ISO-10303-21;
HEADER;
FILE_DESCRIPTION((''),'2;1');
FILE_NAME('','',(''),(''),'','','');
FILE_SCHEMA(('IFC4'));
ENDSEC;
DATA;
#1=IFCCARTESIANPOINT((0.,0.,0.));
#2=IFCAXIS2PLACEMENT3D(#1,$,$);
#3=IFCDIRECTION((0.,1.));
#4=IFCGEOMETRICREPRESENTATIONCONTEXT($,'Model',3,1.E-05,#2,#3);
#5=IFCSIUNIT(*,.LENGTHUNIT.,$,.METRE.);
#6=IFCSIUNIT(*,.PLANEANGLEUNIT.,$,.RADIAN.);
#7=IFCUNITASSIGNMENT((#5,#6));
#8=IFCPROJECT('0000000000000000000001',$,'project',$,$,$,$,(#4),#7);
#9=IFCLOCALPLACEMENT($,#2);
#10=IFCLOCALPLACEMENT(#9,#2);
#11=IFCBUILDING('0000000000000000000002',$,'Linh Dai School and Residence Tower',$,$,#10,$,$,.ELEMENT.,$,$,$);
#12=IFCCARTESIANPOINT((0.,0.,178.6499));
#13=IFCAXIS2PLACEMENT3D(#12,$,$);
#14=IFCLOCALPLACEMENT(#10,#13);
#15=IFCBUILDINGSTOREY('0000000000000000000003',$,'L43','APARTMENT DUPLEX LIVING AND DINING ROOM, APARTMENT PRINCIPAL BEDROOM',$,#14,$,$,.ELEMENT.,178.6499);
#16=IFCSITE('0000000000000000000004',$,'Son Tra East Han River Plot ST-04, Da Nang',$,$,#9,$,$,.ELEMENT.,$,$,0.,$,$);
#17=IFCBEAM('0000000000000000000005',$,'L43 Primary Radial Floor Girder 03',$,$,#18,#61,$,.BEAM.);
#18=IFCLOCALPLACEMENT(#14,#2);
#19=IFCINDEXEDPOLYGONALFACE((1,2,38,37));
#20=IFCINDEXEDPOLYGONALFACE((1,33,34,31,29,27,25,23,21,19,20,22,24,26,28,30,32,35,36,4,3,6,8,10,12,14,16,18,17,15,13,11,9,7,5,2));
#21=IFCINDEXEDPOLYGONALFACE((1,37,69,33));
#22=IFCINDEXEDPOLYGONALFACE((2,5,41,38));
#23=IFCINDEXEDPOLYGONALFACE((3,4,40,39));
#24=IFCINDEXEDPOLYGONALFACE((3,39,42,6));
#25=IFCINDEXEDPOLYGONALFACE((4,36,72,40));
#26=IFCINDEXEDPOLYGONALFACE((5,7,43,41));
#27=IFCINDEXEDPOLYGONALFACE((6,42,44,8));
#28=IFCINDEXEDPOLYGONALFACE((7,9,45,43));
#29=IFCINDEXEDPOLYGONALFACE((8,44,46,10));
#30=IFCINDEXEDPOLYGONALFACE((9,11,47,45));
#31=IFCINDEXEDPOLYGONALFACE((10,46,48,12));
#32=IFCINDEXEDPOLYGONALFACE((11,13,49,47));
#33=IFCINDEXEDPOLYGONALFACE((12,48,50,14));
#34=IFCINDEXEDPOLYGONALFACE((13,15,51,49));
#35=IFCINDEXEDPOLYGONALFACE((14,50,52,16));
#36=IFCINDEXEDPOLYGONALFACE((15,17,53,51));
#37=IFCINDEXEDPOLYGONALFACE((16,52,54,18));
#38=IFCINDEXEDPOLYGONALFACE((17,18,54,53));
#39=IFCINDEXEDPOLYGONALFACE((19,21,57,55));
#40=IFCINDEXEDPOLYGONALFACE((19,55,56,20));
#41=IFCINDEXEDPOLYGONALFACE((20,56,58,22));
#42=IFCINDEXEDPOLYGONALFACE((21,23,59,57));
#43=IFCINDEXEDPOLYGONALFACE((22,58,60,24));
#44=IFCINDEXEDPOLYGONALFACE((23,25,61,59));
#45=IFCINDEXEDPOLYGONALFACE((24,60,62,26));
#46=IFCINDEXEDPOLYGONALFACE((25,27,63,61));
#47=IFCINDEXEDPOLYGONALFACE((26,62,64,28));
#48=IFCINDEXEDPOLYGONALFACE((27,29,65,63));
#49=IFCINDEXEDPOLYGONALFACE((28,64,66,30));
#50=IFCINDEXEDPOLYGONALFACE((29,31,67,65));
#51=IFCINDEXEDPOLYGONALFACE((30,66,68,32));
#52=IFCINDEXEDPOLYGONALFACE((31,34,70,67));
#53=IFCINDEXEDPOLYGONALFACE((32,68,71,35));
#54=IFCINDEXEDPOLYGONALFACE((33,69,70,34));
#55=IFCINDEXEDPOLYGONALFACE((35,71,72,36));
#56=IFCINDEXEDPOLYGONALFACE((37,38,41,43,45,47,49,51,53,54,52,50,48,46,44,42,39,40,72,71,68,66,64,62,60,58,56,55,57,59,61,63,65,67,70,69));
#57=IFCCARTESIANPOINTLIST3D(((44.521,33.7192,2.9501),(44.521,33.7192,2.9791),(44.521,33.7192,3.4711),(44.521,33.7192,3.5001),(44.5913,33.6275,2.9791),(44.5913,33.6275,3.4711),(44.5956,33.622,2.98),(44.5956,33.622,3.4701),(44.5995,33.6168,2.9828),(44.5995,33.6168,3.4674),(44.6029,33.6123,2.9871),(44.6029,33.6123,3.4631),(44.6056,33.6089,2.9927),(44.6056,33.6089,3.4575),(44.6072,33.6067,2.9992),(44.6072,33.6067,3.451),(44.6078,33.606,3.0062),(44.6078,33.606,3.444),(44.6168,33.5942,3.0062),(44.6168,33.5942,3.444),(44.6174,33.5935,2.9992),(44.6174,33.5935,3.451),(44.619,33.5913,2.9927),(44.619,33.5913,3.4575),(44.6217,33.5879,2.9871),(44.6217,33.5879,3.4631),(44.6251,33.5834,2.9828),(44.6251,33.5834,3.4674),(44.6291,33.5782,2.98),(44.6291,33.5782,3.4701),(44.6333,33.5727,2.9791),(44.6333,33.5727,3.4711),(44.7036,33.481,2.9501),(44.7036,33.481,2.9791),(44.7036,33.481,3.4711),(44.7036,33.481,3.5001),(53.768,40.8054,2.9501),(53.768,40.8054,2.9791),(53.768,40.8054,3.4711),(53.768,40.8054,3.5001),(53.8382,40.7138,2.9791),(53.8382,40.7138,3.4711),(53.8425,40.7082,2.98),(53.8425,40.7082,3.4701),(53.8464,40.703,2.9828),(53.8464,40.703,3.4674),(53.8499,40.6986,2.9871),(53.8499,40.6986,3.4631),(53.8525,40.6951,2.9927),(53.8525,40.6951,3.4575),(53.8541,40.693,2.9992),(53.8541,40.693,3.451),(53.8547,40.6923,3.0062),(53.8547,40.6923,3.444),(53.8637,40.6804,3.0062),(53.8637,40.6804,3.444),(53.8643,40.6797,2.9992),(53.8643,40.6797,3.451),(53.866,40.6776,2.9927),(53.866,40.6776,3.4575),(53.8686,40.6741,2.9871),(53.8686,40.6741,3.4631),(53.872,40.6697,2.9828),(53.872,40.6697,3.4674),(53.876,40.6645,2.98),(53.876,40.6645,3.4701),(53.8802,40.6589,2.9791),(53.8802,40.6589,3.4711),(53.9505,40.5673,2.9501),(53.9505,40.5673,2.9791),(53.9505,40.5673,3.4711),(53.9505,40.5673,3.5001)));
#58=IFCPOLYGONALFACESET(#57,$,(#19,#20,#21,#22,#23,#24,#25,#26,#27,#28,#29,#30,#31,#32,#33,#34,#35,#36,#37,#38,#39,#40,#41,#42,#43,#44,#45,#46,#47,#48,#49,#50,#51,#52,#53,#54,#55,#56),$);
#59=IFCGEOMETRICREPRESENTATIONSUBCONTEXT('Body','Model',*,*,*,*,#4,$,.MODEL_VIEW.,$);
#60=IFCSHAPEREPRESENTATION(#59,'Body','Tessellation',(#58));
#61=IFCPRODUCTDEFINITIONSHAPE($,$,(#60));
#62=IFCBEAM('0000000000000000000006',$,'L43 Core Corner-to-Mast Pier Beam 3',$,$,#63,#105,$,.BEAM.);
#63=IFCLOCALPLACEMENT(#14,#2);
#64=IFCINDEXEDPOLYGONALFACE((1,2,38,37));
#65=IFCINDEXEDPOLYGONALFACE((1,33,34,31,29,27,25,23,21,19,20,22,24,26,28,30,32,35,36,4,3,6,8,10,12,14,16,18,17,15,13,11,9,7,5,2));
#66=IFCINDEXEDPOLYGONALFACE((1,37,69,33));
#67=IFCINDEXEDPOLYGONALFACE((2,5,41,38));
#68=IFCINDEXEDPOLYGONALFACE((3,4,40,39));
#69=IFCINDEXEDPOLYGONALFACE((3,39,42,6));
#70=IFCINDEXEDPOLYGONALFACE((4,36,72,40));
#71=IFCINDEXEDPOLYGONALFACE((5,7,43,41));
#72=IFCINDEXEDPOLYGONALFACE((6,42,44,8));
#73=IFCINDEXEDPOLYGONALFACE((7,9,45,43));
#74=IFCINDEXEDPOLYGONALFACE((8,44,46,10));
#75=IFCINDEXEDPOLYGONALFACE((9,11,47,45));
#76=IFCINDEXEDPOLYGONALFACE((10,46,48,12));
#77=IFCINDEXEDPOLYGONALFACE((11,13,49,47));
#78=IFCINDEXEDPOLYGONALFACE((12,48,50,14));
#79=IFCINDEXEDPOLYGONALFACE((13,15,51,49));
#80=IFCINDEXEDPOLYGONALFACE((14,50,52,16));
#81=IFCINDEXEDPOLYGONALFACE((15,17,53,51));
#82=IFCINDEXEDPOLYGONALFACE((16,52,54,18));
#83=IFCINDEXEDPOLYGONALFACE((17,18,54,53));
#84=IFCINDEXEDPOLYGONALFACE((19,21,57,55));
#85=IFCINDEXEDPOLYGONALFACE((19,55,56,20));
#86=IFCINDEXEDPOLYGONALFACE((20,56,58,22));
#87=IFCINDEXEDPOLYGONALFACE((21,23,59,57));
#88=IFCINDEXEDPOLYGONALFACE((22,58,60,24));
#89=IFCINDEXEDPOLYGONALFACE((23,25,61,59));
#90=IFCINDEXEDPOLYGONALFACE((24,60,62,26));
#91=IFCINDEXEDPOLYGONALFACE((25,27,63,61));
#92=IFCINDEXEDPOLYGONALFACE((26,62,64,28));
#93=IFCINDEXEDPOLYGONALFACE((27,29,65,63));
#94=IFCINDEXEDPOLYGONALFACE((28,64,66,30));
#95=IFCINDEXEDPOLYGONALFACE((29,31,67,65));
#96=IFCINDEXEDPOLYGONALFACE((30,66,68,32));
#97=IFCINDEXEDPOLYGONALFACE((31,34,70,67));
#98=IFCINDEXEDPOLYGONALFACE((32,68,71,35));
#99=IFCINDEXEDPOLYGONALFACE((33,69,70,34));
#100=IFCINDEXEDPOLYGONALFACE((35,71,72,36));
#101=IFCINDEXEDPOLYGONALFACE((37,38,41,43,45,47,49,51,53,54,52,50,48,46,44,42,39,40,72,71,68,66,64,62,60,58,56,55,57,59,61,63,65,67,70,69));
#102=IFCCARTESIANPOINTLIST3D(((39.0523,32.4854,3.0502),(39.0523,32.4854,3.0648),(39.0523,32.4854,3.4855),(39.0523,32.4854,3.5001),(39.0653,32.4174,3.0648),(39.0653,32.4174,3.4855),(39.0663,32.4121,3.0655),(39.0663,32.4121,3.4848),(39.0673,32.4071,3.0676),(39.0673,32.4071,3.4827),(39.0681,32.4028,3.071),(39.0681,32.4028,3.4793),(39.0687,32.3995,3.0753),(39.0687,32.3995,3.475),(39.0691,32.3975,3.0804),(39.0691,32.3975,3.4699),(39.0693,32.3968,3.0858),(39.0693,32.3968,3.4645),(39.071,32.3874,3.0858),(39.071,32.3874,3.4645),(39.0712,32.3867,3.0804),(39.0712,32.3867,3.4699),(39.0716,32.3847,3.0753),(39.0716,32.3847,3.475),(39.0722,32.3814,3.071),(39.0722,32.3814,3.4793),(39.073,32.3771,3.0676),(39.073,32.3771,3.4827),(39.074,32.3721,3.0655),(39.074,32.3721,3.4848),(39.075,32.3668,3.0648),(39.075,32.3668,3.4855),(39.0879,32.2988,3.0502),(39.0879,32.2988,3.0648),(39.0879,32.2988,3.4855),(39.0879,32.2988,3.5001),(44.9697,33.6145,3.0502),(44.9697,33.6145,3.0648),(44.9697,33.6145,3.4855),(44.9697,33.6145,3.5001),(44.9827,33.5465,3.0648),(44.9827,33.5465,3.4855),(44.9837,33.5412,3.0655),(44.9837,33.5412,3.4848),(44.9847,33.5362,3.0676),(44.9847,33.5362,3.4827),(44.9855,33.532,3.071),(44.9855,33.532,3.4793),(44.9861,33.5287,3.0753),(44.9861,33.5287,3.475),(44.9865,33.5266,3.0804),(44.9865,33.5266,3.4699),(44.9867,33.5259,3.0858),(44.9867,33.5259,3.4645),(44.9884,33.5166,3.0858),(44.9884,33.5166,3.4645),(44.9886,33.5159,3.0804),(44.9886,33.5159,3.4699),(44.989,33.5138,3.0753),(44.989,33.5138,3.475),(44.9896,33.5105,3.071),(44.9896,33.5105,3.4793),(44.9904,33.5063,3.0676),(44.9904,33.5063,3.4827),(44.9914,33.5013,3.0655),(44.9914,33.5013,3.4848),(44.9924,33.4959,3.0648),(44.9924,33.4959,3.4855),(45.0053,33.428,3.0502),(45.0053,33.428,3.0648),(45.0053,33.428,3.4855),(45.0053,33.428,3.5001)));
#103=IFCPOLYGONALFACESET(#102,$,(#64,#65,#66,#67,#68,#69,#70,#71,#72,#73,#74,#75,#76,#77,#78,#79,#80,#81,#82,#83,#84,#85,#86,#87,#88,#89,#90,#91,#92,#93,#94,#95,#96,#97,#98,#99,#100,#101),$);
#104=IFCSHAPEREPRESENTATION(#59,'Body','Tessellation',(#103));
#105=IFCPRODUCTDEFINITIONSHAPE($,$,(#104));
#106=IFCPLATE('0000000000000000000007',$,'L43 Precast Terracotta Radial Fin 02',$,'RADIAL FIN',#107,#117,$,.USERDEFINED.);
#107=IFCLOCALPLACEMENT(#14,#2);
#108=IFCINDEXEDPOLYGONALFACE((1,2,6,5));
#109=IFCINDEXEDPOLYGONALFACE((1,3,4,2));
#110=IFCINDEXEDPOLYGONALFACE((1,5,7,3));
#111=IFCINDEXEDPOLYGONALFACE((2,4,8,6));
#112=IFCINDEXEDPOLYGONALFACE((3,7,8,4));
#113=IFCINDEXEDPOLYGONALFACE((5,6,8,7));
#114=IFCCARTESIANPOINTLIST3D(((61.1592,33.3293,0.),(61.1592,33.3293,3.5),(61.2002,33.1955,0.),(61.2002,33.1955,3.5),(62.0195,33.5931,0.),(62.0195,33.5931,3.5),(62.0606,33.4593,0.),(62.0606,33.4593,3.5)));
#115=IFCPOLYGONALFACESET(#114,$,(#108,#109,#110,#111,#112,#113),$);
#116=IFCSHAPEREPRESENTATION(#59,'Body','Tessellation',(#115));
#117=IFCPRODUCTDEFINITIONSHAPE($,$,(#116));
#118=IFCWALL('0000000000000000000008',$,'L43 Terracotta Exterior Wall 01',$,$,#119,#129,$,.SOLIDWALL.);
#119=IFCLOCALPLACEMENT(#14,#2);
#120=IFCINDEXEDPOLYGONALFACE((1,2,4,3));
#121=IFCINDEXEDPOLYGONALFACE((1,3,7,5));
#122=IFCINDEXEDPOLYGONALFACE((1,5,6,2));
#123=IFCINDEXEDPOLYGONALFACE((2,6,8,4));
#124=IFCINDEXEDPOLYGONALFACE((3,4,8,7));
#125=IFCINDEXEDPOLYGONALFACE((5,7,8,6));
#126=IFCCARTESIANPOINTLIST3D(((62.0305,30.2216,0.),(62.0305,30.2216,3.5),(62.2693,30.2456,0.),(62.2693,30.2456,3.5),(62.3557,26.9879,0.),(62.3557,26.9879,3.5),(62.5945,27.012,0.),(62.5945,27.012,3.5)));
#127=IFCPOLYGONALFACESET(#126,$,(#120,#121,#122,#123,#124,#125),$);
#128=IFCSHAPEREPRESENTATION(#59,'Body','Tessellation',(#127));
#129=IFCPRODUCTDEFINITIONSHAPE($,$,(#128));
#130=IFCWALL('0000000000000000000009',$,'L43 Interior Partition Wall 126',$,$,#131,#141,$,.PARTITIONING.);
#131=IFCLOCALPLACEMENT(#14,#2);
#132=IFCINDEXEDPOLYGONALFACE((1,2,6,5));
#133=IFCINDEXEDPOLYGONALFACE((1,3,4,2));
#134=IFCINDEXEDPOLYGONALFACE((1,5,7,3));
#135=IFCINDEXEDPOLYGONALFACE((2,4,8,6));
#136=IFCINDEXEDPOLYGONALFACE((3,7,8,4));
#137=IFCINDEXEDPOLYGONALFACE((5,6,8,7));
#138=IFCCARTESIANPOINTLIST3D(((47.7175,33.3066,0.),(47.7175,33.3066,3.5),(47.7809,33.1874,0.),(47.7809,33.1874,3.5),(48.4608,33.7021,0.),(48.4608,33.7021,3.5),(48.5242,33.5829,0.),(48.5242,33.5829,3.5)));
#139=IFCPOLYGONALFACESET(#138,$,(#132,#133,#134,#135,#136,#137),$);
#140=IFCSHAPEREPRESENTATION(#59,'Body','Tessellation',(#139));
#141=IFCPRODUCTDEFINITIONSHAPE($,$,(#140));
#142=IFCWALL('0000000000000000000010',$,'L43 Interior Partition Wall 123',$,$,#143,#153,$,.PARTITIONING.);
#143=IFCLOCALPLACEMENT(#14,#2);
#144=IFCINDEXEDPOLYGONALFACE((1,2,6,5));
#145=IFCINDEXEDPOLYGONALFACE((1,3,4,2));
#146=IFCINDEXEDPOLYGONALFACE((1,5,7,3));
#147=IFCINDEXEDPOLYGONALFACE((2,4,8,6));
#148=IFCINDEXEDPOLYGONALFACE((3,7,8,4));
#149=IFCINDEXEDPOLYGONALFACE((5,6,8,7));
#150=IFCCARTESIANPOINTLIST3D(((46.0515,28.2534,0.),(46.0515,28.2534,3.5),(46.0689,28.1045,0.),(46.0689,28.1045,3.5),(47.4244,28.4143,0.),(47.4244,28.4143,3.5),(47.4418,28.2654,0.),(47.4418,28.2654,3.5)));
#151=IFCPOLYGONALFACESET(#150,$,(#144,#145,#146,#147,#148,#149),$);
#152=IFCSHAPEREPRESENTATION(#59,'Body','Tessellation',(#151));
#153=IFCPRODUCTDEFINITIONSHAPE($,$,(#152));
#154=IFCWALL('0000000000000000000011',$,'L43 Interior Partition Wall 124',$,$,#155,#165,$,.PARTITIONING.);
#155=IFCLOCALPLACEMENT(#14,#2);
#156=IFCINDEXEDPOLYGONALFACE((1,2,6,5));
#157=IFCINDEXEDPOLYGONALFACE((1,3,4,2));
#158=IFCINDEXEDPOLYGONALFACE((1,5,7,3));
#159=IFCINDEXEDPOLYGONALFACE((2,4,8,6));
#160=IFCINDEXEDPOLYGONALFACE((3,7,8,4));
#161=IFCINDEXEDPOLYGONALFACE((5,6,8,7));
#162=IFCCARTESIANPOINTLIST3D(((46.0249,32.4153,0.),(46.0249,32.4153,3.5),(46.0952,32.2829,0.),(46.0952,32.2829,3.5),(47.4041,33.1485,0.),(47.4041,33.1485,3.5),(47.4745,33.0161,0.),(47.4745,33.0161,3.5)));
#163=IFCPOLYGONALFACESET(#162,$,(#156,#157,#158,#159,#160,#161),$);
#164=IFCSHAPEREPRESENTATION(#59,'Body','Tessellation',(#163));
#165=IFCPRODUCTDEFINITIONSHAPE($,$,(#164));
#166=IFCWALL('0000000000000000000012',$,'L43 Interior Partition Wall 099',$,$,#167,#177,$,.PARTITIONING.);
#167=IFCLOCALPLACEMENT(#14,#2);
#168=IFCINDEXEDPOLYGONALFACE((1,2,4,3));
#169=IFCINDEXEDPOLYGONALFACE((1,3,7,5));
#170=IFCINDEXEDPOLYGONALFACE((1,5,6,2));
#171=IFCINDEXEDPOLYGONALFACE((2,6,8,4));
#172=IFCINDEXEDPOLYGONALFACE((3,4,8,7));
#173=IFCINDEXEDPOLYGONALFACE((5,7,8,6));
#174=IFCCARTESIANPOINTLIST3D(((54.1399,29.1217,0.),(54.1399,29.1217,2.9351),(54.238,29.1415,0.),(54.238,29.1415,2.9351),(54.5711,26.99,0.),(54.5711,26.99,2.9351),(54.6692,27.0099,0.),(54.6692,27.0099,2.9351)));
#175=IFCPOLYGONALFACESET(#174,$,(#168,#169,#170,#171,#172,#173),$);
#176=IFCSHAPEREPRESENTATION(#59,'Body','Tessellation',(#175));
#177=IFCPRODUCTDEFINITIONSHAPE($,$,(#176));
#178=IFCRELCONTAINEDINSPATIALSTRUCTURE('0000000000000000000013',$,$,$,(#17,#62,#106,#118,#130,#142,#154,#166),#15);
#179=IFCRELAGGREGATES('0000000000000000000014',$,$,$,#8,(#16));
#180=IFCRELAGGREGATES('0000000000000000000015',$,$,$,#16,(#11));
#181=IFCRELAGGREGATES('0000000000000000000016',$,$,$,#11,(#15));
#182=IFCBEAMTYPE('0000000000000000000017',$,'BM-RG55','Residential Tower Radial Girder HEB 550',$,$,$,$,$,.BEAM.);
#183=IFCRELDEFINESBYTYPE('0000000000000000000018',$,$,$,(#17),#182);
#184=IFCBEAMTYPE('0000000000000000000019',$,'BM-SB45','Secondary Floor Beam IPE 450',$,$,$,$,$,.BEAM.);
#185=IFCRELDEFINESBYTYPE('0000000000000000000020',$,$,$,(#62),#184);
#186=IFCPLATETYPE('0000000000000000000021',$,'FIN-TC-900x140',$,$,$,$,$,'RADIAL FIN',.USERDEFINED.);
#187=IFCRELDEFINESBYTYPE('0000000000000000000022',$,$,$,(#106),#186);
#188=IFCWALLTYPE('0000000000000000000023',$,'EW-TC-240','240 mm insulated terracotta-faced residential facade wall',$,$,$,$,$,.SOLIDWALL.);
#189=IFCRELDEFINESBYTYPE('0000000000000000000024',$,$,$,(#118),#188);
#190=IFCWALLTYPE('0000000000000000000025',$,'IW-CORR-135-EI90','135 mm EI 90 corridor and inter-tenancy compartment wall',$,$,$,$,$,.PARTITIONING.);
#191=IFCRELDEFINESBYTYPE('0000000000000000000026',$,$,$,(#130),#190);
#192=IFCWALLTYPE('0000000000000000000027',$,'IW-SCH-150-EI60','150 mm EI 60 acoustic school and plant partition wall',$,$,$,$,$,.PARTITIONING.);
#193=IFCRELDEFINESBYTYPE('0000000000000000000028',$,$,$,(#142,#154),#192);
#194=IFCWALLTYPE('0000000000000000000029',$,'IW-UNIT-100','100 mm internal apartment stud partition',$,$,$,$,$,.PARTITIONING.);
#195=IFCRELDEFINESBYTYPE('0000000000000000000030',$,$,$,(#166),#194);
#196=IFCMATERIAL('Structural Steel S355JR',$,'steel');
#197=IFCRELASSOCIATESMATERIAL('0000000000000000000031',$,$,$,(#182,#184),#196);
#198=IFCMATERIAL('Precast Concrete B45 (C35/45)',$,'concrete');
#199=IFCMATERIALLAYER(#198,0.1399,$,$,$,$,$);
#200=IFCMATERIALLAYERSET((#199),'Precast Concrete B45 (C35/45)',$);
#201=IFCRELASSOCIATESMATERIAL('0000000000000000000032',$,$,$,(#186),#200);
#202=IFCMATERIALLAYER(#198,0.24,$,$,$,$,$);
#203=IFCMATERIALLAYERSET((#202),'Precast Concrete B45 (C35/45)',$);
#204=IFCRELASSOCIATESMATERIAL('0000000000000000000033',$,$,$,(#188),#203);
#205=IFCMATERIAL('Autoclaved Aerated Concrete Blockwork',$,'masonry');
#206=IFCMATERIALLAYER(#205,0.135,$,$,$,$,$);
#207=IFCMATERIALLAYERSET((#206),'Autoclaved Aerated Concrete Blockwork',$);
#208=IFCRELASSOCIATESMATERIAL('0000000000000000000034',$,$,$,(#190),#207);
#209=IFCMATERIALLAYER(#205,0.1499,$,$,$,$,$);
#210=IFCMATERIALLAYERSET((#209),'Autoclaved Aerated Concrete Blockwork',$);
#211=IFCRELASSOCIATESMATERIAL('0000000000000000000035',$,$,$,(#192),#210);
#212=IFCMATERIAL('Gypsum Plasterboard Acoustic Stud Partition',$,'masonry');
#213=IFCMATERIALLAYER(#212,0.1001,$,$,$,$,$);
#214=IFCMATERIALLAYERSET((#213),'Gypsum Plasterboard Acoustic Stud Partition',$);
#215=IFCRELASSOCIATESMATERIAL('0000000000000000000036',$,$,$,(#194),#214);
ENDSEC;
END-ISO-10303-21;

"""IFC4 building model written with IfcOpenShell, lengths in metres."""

from ifc_helpers import new_model, si_unit, direction, frame, frame_2d, origin, origin_2d, place, context, subcontext, project, spatial, rectangle, i_section, extrude, source, transform, mapped, material, layer, layer_set, material_profile, profile_set, type_object, element, save


model = new_model("IFC4")

# Units and contexts
model_context = context("Model", 3, precision=1e-05, world=origin(), true_north=direction((0.0, 1.0)))
body_context = subcontext(model_context, "Body", "Model", "MODEL_VIEW")
ifc_project = project(units=[si_unit("LENGTHUNIT", "METRE"), si_unit("PLANEANGLEUNIT", "RADIAN")], contexts=[model_context])

# Site, building, storey
site_placement = place(None, origin())
site = spatial("IfcSite", under=ifc_project, at=site_placement, Name="Son Tra East Han River Plot ST-04, Da Nang", CompositionType="ELEMENT", RefElevation=0.0)
building_placement = place(site_placement, origin())
building = spatial("IfcBuilding", under=site, at=building_placement, Name="Linh Dai School and Residence Tower", CompositionType="ELEMENT")
storey_placement = place(building_placement, frame((0.0, 0.0, 178.6499)))
storey = spatial("IfcBuildingStorey", under=building, at=storey_placement, Name="L43", Description="APARTMENT DUPLEX LIVING AND DINING ROOM, APARTMENT PRINCIPAL BEDROOM", CompositionType="ELEMENT", Elevation=178.6499)

# Shared definitions
ifc_material_1 = material(Name="Structural Steel S355JR", Category="steel")

# Beams
ifc_material_profile_1 = material_profile(ifc_material_1, i_section(OverallWidth=0.3, OverallDepth=0.55, WebThickness=0.0149, FlangeThickness=0.0291, FilletRadius=0.0271, at=origin_2d()), Name="HEB 550")
ifc_profile_set_1 = profile_set([ifc_material_profile_1], Name="Structural Steel S355JR")
beam_type_1 = type_object("IfcBeamType", Name="BM-RG55", Description="Residential Tower Radial Girder HEB 550", PredefinedType="BEAM", material=ifc_profile_set_1)
beam_1_placement = place(storey_placement, frame((44.6123, 33.6001, 3.2251), z_axis=(0.793733, 0.608267, 0.0), x_axis=(-0.608267, 0.793733, 0.0)))
element("IfcBeam", 1, at=beam_1_placement, inside=storey, type_object=beam_type_1, Name="L43 Primary Radial Floor Girder 03", PredefinedType="BEAM", context=body_context, shape_type="SweptSolid", body=[
    extrude(i_section(OverallWidth=0.3, OverallDepth=0.55, WebThickness=0.0149, FlangeThickness=0.0291, FilletRadius=0.0271, at=origin_2d()), origin(), (0.0, 0.0, 1.0), 11.6499),
])
ifc_material_profile_2 = material_profile(ifc_material_1, i_section(OverallWidth=0.1899, OverallDepth=0.45, WebThickness=0.0095, FlangeThickness=0.0146, FilletRadius=0.021, at=origin_2d()), Name="IPE 450")
ifc_profile_set_2 = profile_set([ifc_material_profile_2], Name="Structural Steel S355JR")
beam_type_2 = type_object("IfcBeamType", Name="BM-SB45", Description="Secondary Floor Beam IPE 450", PredefinedType="BEAM", material=ifc_profile_set_2)
beam_2_placement = place(storey_placement, frame((44.9875, 33.5212, 3.2751), z_axis=(-0.982277, -0.187434, 0.0), x_axis=(0.187434, -0.982277, 0.0)))
element("IfcBeam", 2, at=beam_2_placement, inside=storey, type_object=beam_type_2, Name="L43 Core Corner-to-Mast Pier Beam 3", PredefinedType="BEAM", context=body_context, shape_type="SweptSolid", body=[
    extrude(i_section(OverallWidth=0.1899, OverallDepth=0.45, WebThickness=0.0095, FlangeThickness=0.0146, FilletRadius=0.021, at=origin_2d()), origin(), (0.0, 0.0, 1.0), 6.0242),
])

# Plate
ifc_material_2 = material(Name="Precast Concrete B45 (C35/45)", Category="concrete")
ifc_layer_1 = layer(ifc_material_2, 0.1399)
ifc_layer_set_1 = layer_set([ifc_layer_1], Name="Precast Concrete B45 (C35/45)")
plate_type = type_object("IfcPlateType", Name="FIN-TC-900x140", ElementType="RADIAL FIN", PredefinedType="USERDEFINED", material=ifc_layer_set_1)
shared_shape_1 = source(origin(), body_context, "Body", "SweptSolid", [
    extrude(rectangle(XDim=0.8999, YDim=0.1399, at=origin_2d()), origin(), (0.0, 0.0, 1.0), 3.5),
])
plate_placement = place(storey_placement, frame((61.6099, 33.3943, 0.0), z_axis=(0.0, 0.0, 1.0), x_axis=(0.956075, 0.293122, 0.0)))
element("IfcPlate", 3, at=plate_placement, inside=storey, type_object=plate_type, Name="L43 Precast Terracotta Radial Fin 02", ObjectType="RADIAL FIN", PredefinedType="USERDEFINED", context=body_context, shape_type="MappedRepresentation", body=[
    mapped(shared_shape_1, transform((0.0, 0.0, 0.0), x_axis=(1.0, 0.0, 0.0), y_axis=(0.0, 1.0, 0.0), z_axis=(0.0, 0.0, 1.0), scale=1.0)),
])

# Wall
ifc_layer_2 = layer(ifc_material_2, 0.24)
ifc_layer_set_2 = layer_set([ifc_layer_2], Name="Precast Concrete B45 (C35/45)")
wall_type_1 = type_object("IfcWallType", Name="EW-TC-240", Description="240 mm insulated terracotta-faced residential facade wall", PredefinedType="SOLIDWALL", material=ifc_layer_set_2)
wall_1_placement = place(storey_placement, frame((62.1499, 30.2336, 0.0), z_axis=(0.0, 0.0, 1.0), x_axis=(0.100062, -0.994981, 0.0)))
element("IfcWall", 4, at=wall_1_placement, inside=storey, type_object=wall_type_1, Name="L43 Terracotta Exterior Wall 01", PredefinedType="SOLIDWALL", context=body_context, shape_type="SweptSolid", body=[
    extrude(rectangle(XDim=3.25, YDim=0.24, at=frame_2d((1.625, 0.0))), origin(), (0.0, 0.0, 1.0), 3.5),
])

# Walls
ifc_material_3 = material(Name="Autoclaved Aerated Concrete Blockwork", Category="masonry")
ifc_layer_3 = layer(ifc_material_3, 0.135)
ifc_layer_set_3 = layer_set([ifc_layer_3], Name="Autoclaved Aerated Concrete Blockwork")
wall_type_2 = type_object("IfcWallType", Name="IW-CORR-135-EI90", Description="135 mm EI 90 corridor and inter-tenancy compartment wall", PredefinedType="PARTITIONING", material=ifc_layer_set_3)
wall_2_placement = place(storey_placement, frame((47.7493, 33.2471, 0.0), z_axis=(0.0, 0.0, 1.0), x_axis=(0.882834, 0.469685, 0.0)))
element("IfcWall", 5, at=wall_2_placement, inside=storey, type_object=wall_type_2, Name="L43 Interior Partition Wall 126", PredefinedType="PARTITIONING", context=body_context, shape_type="SweptSolid", body=[
    extrude(rectangle(XDim=0.842, YDim=0.135, at=frame_2d((0.4209, 0.0))), origin(), (0.0, 0.0, 1.0), 3.5),
])
ifc_layer_4 = layer(ifc_material_3, 0.1499)
ifc_layer_set_4 = layer_set([ifc_layer_4], Name="Autoclaved Aerated Concrete Blockwork")
wall_type_3 = type_object("IfcWallType", Name="IW-SCH-150-EI60", Description="150 mm EI 60 acoustic school and plant partition wall", PredefinedType="PARTITIONING", material=ifc_layer_set_4)
wall_3_placement = place(storey_placement, frame((47.4331, 28.3398, 0.0), z_axis=(0.0, 0.0, 1.0), x_axis=(-0.993205, -0.11638, 0.0)))
element("IfcWall", 6, at=wall_3_placement, inside=storey, type_object=wall_type_3, Name="L43 Interior Partition Wall 123", PredefinedType="PARTITIONING", context=body_context, shape_type="SweptSolid", body=[
    extrude(rectangle(XDim=1.3823, YDim=0.1499, at=frame_2d((0.6912, 0.0))), origin(), (0.0, 0.0, 1.0), 3.5),
])
wall_4_placement = place(storey_placement, frame((46.0601, 32.3491, 0.0), z_axis=(0.0, 0.0, 1.0), x_axis=(0.882988, 0.469395, 0.0)))
element("IfcWall", 7, at=wall_4_placement, inside=storey, type_object=wall_type_3, Name="L43 Interior Partition Wall 124", PredefinedType="PARTITIONING", context=body_context, shape_type="SweptSolid", body=[
    extrude(rectangle(XDim=1.562, YDim=0.1499, at=frame_2d((0.781, 0.0))), origin(), (0.0, 0.0, 1.0), 3.5),
])
ifc_material_4 = material(Name="Gypsum Plasterboard Acoustic Stud Partition", Category="masonry")
ifc_layer_5 = layer(ifc_material_4, 0.1001)
ifc_layer_set_5 = layer_set([ifc_layer_5], Name="Gypsum Plasterboard Acoustic Stud Partition")
wall_type_4 = type_object("IfcWallType", Name="IW-UNIT-100", Description="100 mm internal apartment stud partition", PredefinedType="PARTITIONING", material=ifc_layer_set_5)
wall_5_placement = place(storey_placement, frame((54.189, 29.1316, 0.0), z_axis=(0.0, 0.0, 1.0), x_axis=(0.198253, -0.980151, 0.0)))
element("IfcWall", 8, at=wall_5_placement, inside=storey, type_object=wall_type_4, Name="L43 Interior Partition Wall 099", PredefinedType="PARTITIONING", context=body_context, shape_type="SweptSolid", body=[
    extrude(rectangle(XDim=2.1748, YDim=0.1001, at=frame_2d((1.0874, 0.0))), origin(), (0.0, 0.0, 1.0), 2.9351),
])

save(model, "model.ifc")
